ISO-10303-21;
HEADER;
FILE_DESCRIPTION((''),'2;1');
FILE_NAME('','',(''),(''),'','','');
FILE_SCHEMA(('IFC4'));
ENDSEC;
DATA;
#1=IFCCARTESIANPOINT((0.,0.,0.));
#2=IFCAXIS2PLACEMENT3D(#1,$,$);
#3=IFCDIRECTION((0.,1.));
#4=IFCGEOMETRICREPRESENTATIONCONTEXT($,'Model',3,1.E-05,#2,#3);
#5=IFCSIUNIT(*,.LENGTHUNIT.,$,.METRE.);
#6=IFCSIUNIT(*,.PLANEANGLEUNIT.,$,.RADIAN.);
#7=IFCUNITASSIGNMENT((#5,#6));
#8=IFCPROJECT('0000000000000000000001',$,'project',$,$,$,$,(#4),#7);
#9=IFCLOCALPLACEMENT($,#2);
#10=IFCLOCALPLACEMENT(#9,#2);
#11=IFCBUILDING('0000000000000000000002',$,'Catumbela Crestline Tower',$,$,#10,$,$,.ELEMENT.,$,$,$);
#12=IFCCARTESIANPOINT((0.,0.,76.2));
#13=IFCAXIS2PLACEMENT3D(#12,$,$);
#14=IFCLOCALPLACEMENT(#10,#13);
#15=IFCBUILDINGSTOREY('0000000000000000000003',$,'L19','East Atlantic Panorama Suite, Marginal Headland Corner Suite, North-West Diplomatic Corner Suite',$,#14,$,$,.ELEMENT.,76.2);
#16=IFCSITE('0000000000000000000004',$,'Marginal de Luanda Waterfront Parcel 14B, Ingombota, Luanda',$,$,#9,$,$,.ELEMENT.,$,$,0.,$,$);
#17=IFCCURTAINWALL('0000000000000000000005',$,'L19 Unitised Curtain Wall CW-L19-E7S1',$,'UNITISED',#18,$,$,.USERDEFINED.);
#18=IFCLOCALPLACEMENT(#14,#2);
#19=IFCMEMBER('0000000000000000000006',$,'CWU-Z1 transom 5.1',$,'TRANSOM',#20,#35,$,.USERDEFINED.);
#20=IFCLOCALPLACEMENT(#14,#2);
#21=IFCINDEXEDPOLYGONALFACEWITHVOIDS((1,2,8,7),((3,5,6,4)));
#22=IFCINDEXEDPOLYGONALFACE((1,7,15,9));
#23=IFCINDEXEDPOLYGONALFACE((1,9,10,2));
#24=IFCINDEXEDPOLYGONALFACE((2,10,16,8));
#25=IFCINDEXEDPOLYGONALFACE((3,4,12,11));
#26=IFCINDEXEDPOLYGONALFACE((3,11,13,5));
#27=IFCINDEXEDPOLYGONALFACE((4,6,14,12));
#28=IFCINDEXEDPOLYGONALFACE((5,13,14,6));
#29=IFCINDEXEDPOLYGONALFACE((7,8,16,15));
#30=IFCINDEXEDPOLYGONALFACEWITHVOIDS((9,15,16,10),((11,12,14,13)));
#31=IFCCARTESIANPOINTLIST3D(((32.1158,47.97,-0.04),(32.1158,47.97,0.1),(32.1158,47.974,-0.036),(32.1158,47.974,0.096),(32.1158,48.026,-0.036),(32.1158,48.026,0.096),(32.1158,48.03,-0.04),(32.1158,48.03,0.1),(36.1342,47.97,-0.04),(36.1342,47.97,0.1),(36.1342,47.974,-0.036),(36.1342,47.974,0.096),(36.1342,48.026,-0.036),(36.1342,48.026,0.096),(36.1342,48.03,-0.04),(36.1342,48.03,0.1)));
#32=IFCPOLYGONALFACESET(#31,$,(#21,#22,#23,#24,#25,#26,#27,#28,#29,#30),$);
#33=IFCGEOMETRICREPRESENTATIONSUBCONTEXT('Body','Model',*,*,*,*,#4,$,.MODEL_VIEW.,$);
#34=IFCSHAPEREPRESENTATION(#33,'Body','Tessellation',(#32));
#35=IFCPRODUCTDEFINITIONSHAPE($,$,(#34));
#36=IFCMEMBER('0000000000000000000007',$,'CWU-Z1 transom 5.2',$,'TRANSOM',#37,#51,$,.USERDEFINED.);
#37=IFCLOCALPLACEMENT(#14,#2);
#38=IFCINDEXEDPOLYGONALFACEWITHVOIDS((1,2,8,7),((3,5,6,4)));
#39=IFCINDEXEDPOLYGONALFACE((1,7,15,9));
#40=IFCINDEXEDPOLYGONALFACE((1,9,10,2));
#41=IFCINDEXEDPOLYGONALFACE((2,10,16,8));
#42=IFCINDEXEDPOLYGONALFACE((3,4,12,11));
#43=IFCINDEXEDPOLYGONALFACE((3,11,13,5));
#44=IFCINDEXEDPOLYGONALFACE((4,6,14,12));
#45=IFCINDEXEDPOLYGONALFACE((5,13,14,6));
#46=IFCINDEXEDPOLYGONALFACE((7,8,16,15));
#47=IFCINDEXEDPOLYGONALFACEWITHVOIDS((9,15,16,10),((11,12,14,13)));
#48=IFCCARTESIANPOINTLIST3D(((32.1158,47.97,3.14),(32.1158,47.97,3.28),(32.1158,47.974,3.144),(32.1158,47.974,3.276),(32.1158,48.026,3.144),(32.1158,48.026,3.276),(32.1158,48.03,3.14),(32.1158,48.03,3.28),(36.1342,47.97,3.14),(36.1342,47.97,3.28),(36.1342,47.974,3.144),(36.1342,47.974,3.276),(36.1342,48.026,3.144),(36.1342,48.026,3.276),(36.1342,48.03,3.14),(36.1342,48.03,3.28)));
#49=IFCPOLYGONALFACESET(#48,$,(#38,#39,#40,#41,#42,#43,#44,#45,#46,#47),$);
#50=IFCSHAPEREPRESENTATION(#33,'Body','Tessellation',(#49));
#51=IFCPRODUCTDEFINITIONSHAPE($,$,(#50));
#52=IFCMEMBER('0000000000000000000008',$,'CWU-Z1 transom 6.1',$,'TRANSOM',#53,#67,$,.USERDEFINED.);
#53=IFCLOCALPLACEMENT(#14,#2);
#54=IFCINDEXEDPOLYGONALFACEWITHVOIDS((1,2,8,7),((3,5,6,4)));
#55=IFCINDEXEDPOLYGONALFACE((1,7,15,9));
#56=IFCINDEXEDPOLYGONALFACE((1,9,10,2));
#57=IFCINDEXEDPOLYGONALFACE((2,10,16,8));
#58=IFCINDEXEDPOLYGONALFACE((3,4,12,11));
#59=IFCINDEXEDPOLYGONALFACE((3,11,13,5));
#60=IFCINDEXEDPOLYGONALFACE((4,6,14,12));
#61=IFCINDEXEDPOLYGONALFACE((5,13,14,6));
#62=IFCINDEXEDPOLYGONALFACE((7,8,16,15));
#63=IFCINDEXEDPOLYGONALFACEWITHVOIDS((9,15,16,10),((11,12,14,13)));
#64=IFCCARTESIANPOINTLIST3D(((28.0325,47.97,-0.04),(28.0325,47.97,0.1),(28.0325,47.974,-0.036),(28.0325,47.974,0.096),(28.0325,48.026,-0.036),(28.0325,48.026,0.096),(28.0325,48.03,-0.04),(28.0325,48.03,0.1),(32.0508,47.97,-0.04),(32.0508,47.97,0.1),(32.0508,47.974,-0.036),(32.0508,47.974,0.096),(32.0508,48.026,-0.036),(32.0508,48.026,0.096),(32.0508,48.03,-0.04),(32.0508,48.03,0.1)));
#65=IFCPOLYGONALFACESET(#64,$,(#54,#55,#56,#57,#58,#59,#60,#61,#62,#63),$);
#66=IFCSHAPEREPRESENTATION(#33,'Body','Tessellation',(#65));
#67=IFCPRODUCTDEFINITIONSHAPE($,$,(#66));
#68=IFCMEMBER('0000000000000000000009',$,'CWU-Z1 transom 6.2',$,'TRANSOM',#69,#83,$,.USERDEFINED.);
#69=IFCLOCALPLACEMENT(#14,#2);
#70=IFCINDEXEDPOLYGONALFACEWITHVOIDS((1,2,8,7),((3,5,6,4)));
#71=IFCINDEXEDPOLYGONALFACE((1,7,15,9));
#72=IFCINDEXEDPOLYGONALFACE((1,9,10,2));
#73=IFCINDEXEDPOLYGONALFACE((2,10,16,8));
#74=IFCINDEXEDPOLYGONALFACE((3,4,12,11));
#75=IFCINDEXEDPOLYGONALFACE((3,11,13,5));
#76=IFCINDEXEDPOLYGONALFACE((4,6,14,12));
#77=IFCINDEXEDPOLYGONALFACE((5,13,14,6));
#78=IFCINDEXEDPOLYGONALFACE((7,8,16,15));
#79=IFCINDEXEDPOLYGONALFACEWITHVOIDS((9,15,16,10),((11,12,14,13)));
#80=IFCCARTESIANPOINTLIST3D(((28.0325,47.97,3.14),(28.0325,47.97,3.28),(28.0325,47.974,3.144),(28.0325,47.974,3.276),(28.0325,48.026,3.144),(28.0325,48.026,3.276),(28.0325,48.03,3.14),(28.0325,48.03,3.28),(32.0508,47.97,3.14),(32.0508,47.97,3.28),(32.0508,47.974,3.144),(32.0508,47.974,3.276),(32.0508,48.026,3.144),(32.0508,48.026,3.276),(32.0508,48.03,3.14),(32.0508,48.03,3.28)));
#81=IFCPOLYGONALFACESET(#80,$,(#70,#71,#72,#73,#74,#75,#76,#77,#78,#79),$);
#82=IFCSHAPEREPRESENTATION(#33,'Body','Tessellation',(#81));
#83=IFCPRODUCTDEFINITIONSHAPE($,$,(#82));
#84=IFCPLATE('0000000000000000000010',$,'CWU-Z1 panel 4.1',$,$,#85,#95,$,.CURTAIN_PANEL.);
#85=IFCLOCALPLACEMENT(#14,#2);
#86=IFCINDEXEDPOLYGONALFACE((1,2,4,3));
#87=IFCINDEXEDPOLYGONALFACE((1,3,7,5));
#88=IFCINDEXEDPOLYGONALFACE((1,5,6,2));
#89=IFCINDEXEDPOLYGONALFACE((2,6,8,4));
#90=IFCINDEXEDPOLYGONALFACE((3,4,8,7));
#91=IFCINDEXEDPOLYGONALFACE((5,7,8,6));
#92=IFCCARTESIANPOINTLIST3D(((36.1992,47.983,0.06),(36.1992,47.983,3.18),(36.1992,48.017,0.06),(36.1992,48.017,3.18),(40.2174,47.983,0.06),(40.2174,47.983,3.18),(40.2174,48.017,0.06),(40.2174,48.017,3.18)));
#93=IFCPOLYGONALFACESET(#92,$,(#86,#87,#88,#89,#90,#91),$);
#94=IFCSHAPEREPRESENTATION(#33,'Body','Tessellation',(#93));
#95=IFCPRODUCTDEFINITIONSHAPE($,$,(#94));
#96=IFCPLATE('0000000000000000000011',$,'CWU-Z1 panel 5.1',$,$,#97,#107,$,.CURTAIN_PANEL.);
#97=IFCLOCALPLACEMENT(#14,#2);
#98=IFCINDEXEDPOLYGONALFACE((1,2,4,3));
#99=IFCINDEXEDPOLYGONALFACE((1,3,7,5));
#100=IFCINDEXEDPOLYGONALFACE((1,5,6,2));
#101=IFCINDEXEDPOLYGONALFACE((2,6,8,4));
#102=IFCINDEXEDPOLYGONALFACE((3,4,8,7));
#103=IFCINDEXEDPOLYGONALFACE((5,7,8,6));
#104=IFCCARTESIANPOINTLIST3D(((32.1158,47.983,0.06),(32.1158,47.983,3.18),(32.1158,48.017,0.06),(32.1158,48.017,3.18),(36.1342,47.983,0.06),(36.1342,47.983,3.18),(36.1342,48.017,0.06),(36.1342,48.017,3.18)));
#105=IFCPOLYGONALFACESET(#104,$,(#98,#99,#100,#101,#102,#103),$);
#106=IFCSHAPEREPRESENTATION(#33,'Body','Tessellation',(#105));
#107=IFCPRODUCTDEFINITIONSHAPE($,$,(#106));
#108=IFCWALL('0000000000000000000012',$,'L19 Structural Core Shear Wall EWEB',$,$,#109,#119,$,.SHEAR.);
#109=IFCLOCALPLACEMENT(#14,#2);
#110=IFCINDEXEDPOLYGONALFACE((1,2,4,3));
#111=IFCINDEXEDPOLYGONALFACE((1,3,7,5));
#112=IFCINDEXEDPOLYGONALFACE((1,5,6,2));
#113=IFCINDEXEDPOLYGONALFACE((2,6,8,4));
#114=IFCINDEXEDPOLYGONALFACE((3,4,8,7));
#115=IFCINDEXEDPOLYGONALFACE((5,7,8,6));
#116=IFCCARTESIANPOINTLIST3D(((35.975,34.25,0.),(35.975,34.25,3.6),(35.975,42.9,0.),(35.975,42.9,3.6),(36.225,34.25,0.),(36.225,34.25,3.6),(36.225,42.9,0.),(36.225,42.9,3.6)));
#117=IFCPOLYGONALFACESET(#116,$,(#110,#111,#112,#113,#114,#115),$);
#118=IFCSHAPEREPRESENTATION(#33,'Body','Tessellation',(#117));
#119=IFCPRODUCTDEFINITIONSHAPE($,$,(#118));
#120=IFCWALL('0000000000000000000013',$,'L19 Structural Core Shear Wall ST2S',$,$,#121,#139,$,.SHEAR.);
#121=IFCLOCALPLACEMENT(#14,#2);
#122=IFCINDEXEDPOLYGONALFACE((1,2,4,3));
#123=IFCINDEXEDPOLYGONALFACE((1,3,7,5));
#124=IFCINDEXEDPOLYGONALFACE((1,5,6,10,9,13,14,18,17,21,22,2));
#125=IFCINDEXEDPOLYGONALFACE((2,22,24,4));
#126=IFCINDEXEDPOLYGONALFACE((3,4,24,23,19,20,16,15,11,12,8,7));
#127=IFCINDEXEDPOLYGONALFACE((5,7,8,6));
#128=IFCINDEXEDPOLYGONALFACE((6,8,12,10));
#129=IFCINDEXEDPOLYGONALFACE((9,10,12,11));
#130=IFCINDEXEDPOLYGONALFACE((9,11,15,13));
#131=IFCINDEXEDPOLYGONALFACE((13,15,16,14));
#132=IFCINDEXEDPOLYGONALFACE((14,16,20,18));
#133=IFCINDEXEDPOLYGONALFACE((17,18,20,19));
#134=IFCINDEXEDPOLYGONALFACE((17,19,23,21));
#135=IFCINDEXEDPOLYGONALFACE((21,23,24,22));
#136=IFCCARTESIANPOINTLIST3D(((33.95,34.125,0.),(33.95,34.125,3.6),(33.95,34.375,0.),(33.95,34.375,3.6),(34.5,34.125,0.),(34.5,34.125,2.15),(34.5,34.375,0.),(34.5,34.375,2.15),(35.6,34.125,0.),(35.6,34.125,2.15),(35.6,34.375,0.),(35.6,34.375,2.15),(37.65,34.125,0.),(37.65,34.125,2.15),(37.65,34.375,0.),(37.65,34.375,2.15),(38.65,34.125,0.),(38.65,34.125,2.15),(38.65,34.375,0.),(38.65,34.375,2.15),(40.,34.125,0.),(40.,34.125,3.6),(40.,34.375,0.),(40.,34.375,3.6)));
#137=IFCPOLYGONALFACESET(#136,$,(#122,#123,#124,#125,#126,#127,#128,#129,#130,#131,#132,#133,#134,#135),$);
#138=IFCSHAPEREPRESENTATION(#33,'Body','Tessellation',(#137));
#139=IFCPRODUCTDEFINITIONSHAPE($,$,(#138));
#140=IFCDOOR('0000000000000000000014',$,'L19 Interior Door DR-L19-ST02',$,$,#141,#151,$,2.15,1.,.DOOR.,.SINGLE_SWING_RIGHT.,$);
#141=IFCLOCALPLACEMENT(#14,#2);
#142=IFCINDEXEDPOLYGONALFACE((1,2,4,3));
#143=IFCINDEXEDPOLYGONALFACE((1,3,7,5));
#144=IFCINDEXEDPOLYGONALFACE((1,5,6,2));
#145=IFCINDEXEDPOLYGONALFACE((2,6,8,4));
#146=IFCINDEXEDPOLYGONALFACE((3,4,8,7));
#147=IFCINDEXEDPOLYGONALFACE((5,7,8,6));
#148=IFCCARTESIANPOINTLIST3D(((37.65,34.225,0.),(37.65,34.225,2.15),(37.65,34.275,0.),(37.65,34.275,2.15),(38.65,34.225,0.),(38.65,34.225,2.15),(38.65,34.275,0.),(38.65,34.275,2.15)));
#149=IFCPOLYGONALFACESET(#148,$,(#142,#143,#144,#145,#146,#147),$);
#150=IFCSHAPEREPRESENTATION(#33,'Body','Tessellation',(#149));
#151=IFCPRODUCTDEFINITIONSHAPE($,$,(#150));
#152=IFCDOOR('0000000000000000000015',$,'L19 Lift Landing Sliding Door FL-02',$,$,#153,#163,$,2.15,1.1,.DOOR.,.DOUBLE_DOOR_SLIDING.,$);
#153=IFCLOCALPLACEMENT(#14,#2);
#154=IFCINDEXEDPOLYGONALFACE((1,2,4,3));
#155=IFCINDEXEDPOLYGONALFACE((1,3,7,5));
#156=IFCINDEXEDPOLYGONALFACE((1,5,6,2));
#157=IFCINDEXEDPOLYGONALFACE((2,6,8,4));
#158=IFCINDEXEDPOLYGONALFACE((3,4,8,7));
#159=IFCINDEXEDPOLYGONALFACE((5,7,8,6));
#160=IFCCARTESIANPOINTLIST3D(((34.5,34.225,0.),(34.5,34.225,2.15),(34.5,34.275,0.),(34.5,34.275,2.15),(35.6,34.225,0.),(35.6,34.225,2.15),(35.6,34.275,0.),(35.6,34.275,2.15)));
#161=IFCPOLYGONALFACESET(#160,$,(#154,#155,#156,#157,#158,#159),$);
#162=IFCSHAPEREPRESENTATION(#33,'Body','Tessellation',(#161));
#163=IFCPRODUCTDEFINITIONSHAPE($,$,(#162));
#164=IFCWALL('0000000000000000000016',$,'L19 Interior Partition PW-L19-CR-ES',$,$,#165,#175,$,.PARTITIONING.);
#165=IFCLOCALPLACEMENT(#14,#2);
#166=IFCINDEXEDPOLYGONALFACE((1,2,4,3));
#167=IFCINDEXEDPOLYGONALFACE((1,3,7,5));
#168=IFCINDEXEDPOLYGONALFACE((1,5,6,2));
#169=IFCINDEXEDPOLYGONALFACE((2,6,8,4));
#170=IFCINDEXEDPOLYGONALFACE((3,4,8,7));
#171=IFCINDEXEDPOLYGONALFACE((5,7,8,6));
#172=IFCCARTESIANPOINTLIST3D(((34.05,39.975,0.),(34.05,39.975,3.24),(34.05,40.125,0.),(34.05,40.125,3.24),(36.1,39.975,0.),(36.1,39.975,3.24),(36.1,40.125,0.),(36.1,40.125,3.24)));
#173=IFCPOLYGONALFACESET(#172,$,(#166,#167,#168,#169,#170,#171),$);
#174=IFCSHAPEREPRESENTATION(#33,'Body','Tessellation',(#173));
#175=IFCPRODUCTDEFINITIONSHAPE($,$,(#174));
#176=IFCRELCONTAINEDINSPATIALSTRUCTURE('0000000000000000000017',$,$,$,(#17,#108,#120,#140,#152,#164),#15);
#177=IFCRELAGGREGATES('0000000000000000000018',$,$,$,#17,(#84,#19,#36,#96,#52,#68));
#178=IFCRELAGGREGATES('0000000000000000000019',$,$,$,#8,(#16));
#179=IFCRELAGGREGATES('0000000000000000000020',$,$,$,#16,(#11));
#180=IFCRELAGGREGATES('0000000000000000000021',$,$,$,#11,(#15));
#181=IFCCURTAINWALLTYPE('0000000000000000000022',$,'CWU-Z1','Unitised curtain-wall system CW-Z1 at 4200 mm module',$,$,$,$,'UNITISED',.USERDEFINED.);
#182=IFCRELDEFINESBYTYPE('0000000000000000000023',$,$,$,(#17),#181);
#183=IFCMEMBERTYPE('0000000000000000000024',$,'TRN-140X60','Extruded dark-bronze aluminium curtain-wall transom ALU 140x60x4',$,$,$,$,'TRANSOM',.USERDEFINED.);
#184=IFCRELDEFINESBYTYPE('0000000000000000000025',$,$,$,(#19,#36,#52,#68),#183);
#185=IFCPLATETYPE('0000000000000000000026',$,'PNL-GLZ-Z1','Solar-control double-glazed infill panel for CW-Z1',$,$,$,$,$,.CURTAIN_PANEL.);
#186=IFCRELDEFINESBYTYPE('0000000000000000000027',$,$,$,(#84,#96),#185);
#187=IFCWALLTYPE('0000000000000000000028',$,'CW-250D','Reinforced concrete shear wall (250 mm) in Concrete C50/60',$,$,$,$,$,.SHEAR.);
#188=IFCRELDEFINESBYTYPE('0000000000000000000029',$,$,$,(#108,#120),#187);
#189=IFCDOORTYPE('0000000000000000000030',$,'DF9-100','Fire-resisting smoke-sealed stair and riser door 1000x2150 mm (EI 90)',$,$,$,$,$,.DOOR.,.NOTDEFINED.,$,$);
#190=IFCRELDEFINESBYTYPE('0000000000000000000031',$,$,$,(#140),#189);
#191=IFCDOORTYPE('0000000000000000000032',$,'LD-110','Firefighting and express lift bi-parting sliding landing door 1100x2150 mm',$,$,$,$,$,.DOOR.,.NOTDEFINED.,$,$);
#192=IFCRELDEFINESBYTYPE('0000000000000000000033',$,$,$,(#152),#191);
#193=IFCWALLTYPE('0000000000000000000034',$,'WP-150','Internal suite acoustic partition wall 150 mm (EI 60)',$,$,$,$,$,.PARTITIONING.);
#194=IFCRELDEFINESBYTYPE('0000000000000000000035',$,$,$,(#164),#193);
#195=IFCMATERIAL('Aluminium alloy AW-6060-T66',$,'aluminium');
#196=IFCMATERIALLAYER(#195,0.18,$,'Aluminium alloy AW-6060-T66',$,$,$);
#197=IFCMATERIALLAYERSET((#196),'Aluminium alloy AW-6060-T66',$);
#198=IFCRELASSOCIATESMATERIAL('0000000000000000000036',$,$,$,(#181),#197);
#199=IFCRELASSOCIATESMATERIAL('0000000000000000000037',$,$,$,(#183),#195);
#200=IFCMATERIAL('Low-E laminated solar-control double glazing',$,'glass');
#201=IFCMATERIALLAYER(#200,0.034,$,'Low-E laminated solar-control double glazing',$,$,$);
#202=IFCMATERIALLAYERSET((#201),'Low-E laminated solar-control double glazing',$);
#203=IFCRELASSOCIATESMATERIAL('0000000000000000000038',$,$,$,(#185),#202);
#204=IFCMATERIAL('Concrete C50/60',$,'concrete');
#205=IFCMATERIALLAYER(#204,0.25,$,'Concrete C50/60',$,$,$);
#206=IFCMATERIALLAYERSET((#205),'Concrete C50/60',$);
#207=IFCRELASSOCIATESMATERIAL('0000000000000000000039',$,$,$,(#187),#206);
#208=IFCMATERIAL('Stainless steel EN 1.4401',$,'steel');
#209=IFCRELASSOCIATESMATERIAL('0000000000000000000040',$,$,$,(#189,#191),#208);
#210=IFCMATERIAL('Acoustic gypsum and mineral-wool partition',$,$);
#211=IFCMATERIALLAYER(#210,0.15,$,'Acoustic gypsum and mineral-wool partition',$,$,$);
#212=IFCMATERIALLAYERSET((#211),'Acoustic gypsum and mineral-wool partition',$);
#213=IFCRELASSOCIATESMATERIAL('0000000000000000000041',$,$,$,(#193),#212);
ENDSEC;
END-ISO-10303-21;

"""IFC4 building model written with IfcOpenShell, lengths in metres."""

from ifc_helpers import new_model, si_unit, direction, frame, frame_2d, origin, origin_2d, place, context, subcontext, project, spatial, rectangle, hollow_rectangle, extrude, material, layer, layer_set, material_profile, profile_set, type_object, element, fill, aggregate, save


model = new_model("IFC4")

# Units and contexts
model_context = context("Model", 3, precision=1e-05, world=origin(), true_north=direction((0.0, 1.0)))
body_context = subcontext(model_context, "Body", "Model", "MODEL_VIEW")
ifc_project = project(units=[si_unit("LENGTHUNIT", "METRE"), si_unit("PLANEANGLEUNIT", "RADIAN")], contexts=[model_context])

# Site, building, storey
site_placement = place(None, origin())
site = spatial("IfcSite", under=ifc_project, at=site_placement, Name="Marginal de Luanda Waterfront Parcel 14B, Ingombota, Luanda", CompositionType="ELEMENT", RefElevation=0.0)
building_placement = place(site_placement, origin())
building = spatial("IfcBuilding", under=site, at=building_placement, Name="Catumbela Crestline Tower", CompositionType="ELEMENT")
storey_placement = place(building_placement, frame((0.0, 0.0, 76.2)))
storey = spatial("IfcBuildingStorey", under=building, at=storey_placement, Name="L19", Description="East Atlantic Panorama Suite, Marginal Headland Corner Suite, North-West Diplomatic Corner Suite", CompositionType="ELEMENT", Elevation=76.2)

# Curtain wall
ifc_material_1 = material(Name="Aluminium alloy AW-6060-T66", Category="aluminium")
ifc_layer_1 = layer(ifc_material_1, 0.18, Name="Aluminium alloy AW-6060-T66")
ifc_layer_set_1 = layer_set([ifc_layer_1], Name="Aluminium alloy AW-6060-T66")
curtain_wall_type = type_object("IfcCurtainWallType", Name="CWU-Z1", Description="Unitised curtain-wall system CW-Z1 at 4200 mm module", ElementType="UNITISED", PredefinedType="USERDEFINED", material=ifc_layer_set_1)
curtain_wall_placement = place(storey_placement, origin())
curtain_wall = element("IfcCurtainWall", 1, at=curtain_wall_placement, inside=storey, type_object=curtain_wall_type, Name="L19 Unitised Curtain Wall CW-L19-E7S1", ObjectType="UNITISED", PredefinedType="USERDEFINED")

# Members
ifc_material_profile_1 = material_profile(ifc_material_1, hollow_rectangle(XDim=0.06, YDim=0.14, WallThickness=0.004, at=origin_2d()), Name="ALU 140x60x4")
ifc_profile_set_1 = profile_set([ifc_material_profile_1], Name="Aluminium alloy AW-6060-T66")
member_type_1 = type_object("IfcMemberType", Name="TRN-140X60", Description="Extruded dark-bronze aluminium curtain-wall transom ALU 140x60x4", ElementType="TRANSOM", PredefinedType="USERDEFINED", material=ifc_profile_set_1)
member_1_placement = place(storey_placement, frame((36.1342, 48.0, 0.03), z_axis=(-1.0, 0.0, 0.0), x_axis=(0.0, -1.0, 0.0)))
member_1 = element("IfcMember", 2, at=member_1_placement, type_object=member_type_1, Name="CWU-Z1 transom 5.1", ObjectType="TRANSOM", PredefinedType="USERDEFINED", context=body_context, shape_type="SweptSolid", body=[
    extrude(hollow_rectangle(XDim=0.06, YDim=0.14, WallThickness=0.004, at=origin_2d()), origin(), (0.0, 0.0, 1.0), 4.0184),
])
member_2_placement = place(storey_placement, frame((36.1342, 48.0, 3.21), z_axis=(-1.0, 0.0, 0.0), x_axis=(0.0, -1.0, 0.0)))
member_2 = element("IfcMember", 3, at=member_2_placement, type_object=member_type_1, Name="CWU-Z1 transom 5.2", ObjectType="TRANSOM", PredefinedType="USERDEFINED", context=body_context, shape_type="SweptSolid", body=[
    extrude(hollow_rectangle(XDim=0.06, YDim=0.14, WallThickness=0.004, at=origin_2d()), origin(), (0.0, 0.0, 1.0), 4.0184),
])
member_3_placement = place(storey_placement, frame((32.0508, 48.0, 0.03), z_axis=(-1.0, 0.0, 0.0), x_axis=(0.0, -1.0, 0.0)))
member_3 = element("IfcMember", 4, at=member_3_placement, type_object=member_type_1, Name="CWU-Z1 transom 6.1", ObjectType="TRANSOM", PredefinedType="USERDEFINED", context=body_context, shape_type="SweptSolid", body=[
    extrude(hollow_rectangle(XDim=0.06, YDim=0.14, WallThickness=0.004, at=origin_2d()), origin(), (0.0, 0.0, 1.0), 4.0183),
])
member_4_placement = place(storey_placement, frame((32.0508, 48.0, 3.21), z_axis=(-1.0, 0.0, 0.0), x_axis=(0.0, -1.0, 0.0)))
member_4 = element("IfcMember", 5, at=member_4_placement, type_object=member_type_1, Name="CWU-Z1 transom 6.2", ObjectType="TRANSOM", PredefinedType="USERDEFINED", context=body_context, shape_type="SweptSolid", body=[
    extrude(hollow_rectangle(XDim=0.06, YDim=0.14, WallThickness=0.004, at=origin_2d()), origin(), (0.0, 0.0, 1.0), 4.0183),
])

# Plates
ifc_material_2 = material(Name="Low-E laminated solar-control double glazing", Category="glass")
ifc_layer_2 = layer(ifc_material_2, 0.034, Name="Low-E laminated solar-control double glazing")
ifc_layer_set_2 = layer_set([ifc_layer_2], Name="Low-E laminated solar-control double glazing")
plate_type = type_object("IfcPlateType", Name="PNL-GLZ-Z1", Description="Solar-control double-glazed infill panel for CW-Z1", PredefinedType="CURTAIN_PANEL", material=ifc_layer_set_2)
plate_1_placement = place(storey_placement, frame((38.2083, 48.0, 0.06), z_axis=(0.0, 0.0, 1.0), x_axis=(-1.0, 0.0, 0.0)))
plate_1 = element("IfcPlate", 6, at=plate_1_placement, type_object=plate_type, Name="CWU-Z1 panel 4.1", PredefinedType="CURTAIN_PANEL", context=body_context, shape_type="SweptSolid", body=[
    extrude(rectangle(XDim=4.0183, YDim=0.034, at=origin_2d()), origin(), (0.0, 0.0, 1.0), 3.12),
])
plate_2_placement = place(storey_placement, frame((34.125, 48.0, 0.06), z_axis=(0.0, 0.0, 1.0), x_axis=(-1.0, 0.0, 0.0)))
plate_2 = element("IfcPlate", 7, at=plate_2_placement, type_object=plate_type, Name="CWU-Z1 panel 5.1", PredefinedType="CURTAIN_PANEL", context=body_context, shape_type="SweptSolid", body=[
    extrude(rectangle(XDim=4.0183, YDim=0.034, at=origin_2d()), origin(), (0.0, 0.0, 1.0), 3.12),
])
aggregate(curtain_wall, [plate_1, member_1, member_2, plate_2, member_3, member_4])

# Wall
ifc_material_3 = material(Name="Concrete C50/60", Category="concrete")
ifc_layer_3 = layer(ifc_material_3, 0.25, Name="Concrete C50/60")
ifc_layer_set_3 = layer_set([ifc_layer_3], Name="Concrete C50/60")
wall_type_1 = type_object("IfcWallType", Name="CW-250D", Description="Reinforced concrete shear wall (250 mm) in Concrete C50/60", PredefinedType="SHEAR", material=ifc_layer_set_3)
wall_1_placement = place(storey_placement, frame((36.1, 34.25, 0.0), z_axis=(0.0, 0.0, 1.0), x_axis=(0.0, 1.0, 0.0)))
element("IfcWall", 8, at=wall_1_placement, inside=storey, type_object=wall_type_1, Name="L19 Structural Core Shear Wall EWEB", PredefinedType="SHEAR", context=body_context, shape_type="SweptSolid", body=[
    extrude(rectangle(XDim=8.65, YDim=0.25, at=frame_2d((4.325, 0.0))), origin(), (0.0, 0.0, 1.0), 3.6),
])

# Wall, openings, doors
wall_2_placement = place(storey_placement, frame((33.95, 34.25, 0.0), z_axis=(0.0, 0.0, 1.0), x_axis=(1.0, 0.0, 0.0)))
wall_2 = element("IfcWall", 9, at=wall_2_placement, inside=storey, type_object=wall_type_1, Name="L19 Structural Core Shear Wall ST2S", PredefinedType="SHEAR", context=body_context, shape_type="SweptSolid", body=[
    extrude(rectangle(XDim=6.05, YDim=0.25, at=frame_2d((3.025, 0.0))), origin(), (0.0, 0.0, 1.0), 3.6),
])
opening_1_placement = place(wall_2_placement, frame((3.7, 0.0, 0.0)))
opening_1 = element("IfcOpeningElement", 10, at=opening_1_placement, cuts=wall_2, PredefinedType="OPENING", context=body_context, shape_type="SweptSolid", body=[
    extrude(rectangle(XDim=1.0, YDim=2.15, at=frame_2d((0.5, 1.075))), frame((0.0, 0.135, 0.0), z_axis=(0.0, -1.0, 0.0), x_axis=(1.0, 0.0, 0.0)), (0.0, 0.0, 1.0), 0.27),
])
opening_2_placement = place(wall_2_placement, frame((0.55, 0.0, 0.0)))
opening_2 = element("IfcOpeningElement", 11, at=opening_2_placement, cuts=wall_2, PredefinedType="OPENING", context=body_context, shape_type="SweptSolid", body=[
    extrude(rectangle(XDim=1.1, YDim=2.15, at=frame_2d((0.55, 1.075))), frame((0.0, 0.135, 0.0), z_axis=(0.0, -1.0, 0.0), x_axis=(1.0, 0.0, 0.0)), (0.0, 0.0, 1.0), 0.27),
])
ifc_material_4 = material(Name="Stainless steel EN 1.4401", Category="steel")
door_type_1 = type_object("IfcDoorType", Name="DF9-100", Description="Fire-resisting smoke-sealed stair and riser door 1000x2150 mm (EI 90)", OperationType="NOTDEFINED", PredefinedType="DOOR", material=ifc_material_4)
door_1_placement = place(opening_1_placement, origin())
door_1 = element("IfcDoor", 12, at=door_1_placement, inside=storey, type_object=door_type_1, Name="L19 Interior Door DR-L19-ST02", OperationType="SINGLE_SWING_RIGHT", OverallHeight=2.15, OverallWidth=1.0, PredefinedType="DOOR", context=body_context, shape_type="SweptSolid", body=[
    extrude(rectangle(XDim=1.0, YDim=2.15, at=frame_2d((0.5, 1.075))), frame((0.0, 0.025, 0.0), z_axis=(0.0, -1.0, 0.0), x_axis=(1.0, 0.0, 0.0)), (0.0, 0.0, 1.0), 0.05),
])
fill(opening_1, door_1)
door_type_2 = type_object("IfcDoorType", Name="LD-110", Description="Firefighting and express lift bi-parting sliding landing door 1100x2150 mm", OperationType="NOTDEFINED", PredefinedType="DOOR", material=ifc_material_4)
door_2_placement = place(opening_2_placement, origin())
door_2 = element("IfcDoor", 13, at=door_2_placement, inside=storey, type_object=door_type_2, Name="L19 Lift Landing Sliding Door FL-02", OperationType="DOUBLE_DOOR_SLIDING", OverallHeight=2.15, OverallWidth=1.1, PredefinedType="DOOR", context=body_context, shape_type="SweptSolid", body=[
    extrude(rectangle(XDim=1.1, YDim=2.15, at=frame_2d((0.55, 1.075))), frame((0.0, 0.025, 0.0), z_axis=(0.0, -1.0, 0.0), x_axis=(1.0, 0.0, 0.0)), (0.0, 0.0, 1.0), 0.05),
])
fill(opening_2, door_2)

# Wall
ifc_material_5 = material(Name="Acoustic gypsum and mineral-wool partition")
ifc_layer_4 = layer(ifc_material_5, 0.15, Name="Acoustic gypsum and mineral-wool partition")
ifc_layer_set_4 = layer_set([ifc_layer_4], Name="Acoustic gypsum and mineral-wool partition")
wall_type_2 = type_object("IfcWallType", Name="WP-150", Description="Internal suite acoustic partition wall 150 mm (EI 60)", PredefinedType="PARTITIONING", material=ifc_layer_set_4)
wall_3_placement = place(storey_placement, frame((34.05, 40.05, 0.0), z_axis=(0.0, 0.0, 1.0), x_axis=(1.0, 0.0, 0.0)))
element("IfcWall", 14, at=wall_3_placement, inside=storey, type_object=wall_type_2, Name="L19 Interior Partition PW-L19-CR-ES", PredefinedType="PARTITIONING", context=body_context, shape_type="SweptSolid", body=[
    extrude(rectangle(XDim=2.05, YDim=0.15, at=frame_2d((1.025, 0.0))), origin(), (0.0, 0.0, 1.0), 3.24),
])

save(model, "model.ifc")
